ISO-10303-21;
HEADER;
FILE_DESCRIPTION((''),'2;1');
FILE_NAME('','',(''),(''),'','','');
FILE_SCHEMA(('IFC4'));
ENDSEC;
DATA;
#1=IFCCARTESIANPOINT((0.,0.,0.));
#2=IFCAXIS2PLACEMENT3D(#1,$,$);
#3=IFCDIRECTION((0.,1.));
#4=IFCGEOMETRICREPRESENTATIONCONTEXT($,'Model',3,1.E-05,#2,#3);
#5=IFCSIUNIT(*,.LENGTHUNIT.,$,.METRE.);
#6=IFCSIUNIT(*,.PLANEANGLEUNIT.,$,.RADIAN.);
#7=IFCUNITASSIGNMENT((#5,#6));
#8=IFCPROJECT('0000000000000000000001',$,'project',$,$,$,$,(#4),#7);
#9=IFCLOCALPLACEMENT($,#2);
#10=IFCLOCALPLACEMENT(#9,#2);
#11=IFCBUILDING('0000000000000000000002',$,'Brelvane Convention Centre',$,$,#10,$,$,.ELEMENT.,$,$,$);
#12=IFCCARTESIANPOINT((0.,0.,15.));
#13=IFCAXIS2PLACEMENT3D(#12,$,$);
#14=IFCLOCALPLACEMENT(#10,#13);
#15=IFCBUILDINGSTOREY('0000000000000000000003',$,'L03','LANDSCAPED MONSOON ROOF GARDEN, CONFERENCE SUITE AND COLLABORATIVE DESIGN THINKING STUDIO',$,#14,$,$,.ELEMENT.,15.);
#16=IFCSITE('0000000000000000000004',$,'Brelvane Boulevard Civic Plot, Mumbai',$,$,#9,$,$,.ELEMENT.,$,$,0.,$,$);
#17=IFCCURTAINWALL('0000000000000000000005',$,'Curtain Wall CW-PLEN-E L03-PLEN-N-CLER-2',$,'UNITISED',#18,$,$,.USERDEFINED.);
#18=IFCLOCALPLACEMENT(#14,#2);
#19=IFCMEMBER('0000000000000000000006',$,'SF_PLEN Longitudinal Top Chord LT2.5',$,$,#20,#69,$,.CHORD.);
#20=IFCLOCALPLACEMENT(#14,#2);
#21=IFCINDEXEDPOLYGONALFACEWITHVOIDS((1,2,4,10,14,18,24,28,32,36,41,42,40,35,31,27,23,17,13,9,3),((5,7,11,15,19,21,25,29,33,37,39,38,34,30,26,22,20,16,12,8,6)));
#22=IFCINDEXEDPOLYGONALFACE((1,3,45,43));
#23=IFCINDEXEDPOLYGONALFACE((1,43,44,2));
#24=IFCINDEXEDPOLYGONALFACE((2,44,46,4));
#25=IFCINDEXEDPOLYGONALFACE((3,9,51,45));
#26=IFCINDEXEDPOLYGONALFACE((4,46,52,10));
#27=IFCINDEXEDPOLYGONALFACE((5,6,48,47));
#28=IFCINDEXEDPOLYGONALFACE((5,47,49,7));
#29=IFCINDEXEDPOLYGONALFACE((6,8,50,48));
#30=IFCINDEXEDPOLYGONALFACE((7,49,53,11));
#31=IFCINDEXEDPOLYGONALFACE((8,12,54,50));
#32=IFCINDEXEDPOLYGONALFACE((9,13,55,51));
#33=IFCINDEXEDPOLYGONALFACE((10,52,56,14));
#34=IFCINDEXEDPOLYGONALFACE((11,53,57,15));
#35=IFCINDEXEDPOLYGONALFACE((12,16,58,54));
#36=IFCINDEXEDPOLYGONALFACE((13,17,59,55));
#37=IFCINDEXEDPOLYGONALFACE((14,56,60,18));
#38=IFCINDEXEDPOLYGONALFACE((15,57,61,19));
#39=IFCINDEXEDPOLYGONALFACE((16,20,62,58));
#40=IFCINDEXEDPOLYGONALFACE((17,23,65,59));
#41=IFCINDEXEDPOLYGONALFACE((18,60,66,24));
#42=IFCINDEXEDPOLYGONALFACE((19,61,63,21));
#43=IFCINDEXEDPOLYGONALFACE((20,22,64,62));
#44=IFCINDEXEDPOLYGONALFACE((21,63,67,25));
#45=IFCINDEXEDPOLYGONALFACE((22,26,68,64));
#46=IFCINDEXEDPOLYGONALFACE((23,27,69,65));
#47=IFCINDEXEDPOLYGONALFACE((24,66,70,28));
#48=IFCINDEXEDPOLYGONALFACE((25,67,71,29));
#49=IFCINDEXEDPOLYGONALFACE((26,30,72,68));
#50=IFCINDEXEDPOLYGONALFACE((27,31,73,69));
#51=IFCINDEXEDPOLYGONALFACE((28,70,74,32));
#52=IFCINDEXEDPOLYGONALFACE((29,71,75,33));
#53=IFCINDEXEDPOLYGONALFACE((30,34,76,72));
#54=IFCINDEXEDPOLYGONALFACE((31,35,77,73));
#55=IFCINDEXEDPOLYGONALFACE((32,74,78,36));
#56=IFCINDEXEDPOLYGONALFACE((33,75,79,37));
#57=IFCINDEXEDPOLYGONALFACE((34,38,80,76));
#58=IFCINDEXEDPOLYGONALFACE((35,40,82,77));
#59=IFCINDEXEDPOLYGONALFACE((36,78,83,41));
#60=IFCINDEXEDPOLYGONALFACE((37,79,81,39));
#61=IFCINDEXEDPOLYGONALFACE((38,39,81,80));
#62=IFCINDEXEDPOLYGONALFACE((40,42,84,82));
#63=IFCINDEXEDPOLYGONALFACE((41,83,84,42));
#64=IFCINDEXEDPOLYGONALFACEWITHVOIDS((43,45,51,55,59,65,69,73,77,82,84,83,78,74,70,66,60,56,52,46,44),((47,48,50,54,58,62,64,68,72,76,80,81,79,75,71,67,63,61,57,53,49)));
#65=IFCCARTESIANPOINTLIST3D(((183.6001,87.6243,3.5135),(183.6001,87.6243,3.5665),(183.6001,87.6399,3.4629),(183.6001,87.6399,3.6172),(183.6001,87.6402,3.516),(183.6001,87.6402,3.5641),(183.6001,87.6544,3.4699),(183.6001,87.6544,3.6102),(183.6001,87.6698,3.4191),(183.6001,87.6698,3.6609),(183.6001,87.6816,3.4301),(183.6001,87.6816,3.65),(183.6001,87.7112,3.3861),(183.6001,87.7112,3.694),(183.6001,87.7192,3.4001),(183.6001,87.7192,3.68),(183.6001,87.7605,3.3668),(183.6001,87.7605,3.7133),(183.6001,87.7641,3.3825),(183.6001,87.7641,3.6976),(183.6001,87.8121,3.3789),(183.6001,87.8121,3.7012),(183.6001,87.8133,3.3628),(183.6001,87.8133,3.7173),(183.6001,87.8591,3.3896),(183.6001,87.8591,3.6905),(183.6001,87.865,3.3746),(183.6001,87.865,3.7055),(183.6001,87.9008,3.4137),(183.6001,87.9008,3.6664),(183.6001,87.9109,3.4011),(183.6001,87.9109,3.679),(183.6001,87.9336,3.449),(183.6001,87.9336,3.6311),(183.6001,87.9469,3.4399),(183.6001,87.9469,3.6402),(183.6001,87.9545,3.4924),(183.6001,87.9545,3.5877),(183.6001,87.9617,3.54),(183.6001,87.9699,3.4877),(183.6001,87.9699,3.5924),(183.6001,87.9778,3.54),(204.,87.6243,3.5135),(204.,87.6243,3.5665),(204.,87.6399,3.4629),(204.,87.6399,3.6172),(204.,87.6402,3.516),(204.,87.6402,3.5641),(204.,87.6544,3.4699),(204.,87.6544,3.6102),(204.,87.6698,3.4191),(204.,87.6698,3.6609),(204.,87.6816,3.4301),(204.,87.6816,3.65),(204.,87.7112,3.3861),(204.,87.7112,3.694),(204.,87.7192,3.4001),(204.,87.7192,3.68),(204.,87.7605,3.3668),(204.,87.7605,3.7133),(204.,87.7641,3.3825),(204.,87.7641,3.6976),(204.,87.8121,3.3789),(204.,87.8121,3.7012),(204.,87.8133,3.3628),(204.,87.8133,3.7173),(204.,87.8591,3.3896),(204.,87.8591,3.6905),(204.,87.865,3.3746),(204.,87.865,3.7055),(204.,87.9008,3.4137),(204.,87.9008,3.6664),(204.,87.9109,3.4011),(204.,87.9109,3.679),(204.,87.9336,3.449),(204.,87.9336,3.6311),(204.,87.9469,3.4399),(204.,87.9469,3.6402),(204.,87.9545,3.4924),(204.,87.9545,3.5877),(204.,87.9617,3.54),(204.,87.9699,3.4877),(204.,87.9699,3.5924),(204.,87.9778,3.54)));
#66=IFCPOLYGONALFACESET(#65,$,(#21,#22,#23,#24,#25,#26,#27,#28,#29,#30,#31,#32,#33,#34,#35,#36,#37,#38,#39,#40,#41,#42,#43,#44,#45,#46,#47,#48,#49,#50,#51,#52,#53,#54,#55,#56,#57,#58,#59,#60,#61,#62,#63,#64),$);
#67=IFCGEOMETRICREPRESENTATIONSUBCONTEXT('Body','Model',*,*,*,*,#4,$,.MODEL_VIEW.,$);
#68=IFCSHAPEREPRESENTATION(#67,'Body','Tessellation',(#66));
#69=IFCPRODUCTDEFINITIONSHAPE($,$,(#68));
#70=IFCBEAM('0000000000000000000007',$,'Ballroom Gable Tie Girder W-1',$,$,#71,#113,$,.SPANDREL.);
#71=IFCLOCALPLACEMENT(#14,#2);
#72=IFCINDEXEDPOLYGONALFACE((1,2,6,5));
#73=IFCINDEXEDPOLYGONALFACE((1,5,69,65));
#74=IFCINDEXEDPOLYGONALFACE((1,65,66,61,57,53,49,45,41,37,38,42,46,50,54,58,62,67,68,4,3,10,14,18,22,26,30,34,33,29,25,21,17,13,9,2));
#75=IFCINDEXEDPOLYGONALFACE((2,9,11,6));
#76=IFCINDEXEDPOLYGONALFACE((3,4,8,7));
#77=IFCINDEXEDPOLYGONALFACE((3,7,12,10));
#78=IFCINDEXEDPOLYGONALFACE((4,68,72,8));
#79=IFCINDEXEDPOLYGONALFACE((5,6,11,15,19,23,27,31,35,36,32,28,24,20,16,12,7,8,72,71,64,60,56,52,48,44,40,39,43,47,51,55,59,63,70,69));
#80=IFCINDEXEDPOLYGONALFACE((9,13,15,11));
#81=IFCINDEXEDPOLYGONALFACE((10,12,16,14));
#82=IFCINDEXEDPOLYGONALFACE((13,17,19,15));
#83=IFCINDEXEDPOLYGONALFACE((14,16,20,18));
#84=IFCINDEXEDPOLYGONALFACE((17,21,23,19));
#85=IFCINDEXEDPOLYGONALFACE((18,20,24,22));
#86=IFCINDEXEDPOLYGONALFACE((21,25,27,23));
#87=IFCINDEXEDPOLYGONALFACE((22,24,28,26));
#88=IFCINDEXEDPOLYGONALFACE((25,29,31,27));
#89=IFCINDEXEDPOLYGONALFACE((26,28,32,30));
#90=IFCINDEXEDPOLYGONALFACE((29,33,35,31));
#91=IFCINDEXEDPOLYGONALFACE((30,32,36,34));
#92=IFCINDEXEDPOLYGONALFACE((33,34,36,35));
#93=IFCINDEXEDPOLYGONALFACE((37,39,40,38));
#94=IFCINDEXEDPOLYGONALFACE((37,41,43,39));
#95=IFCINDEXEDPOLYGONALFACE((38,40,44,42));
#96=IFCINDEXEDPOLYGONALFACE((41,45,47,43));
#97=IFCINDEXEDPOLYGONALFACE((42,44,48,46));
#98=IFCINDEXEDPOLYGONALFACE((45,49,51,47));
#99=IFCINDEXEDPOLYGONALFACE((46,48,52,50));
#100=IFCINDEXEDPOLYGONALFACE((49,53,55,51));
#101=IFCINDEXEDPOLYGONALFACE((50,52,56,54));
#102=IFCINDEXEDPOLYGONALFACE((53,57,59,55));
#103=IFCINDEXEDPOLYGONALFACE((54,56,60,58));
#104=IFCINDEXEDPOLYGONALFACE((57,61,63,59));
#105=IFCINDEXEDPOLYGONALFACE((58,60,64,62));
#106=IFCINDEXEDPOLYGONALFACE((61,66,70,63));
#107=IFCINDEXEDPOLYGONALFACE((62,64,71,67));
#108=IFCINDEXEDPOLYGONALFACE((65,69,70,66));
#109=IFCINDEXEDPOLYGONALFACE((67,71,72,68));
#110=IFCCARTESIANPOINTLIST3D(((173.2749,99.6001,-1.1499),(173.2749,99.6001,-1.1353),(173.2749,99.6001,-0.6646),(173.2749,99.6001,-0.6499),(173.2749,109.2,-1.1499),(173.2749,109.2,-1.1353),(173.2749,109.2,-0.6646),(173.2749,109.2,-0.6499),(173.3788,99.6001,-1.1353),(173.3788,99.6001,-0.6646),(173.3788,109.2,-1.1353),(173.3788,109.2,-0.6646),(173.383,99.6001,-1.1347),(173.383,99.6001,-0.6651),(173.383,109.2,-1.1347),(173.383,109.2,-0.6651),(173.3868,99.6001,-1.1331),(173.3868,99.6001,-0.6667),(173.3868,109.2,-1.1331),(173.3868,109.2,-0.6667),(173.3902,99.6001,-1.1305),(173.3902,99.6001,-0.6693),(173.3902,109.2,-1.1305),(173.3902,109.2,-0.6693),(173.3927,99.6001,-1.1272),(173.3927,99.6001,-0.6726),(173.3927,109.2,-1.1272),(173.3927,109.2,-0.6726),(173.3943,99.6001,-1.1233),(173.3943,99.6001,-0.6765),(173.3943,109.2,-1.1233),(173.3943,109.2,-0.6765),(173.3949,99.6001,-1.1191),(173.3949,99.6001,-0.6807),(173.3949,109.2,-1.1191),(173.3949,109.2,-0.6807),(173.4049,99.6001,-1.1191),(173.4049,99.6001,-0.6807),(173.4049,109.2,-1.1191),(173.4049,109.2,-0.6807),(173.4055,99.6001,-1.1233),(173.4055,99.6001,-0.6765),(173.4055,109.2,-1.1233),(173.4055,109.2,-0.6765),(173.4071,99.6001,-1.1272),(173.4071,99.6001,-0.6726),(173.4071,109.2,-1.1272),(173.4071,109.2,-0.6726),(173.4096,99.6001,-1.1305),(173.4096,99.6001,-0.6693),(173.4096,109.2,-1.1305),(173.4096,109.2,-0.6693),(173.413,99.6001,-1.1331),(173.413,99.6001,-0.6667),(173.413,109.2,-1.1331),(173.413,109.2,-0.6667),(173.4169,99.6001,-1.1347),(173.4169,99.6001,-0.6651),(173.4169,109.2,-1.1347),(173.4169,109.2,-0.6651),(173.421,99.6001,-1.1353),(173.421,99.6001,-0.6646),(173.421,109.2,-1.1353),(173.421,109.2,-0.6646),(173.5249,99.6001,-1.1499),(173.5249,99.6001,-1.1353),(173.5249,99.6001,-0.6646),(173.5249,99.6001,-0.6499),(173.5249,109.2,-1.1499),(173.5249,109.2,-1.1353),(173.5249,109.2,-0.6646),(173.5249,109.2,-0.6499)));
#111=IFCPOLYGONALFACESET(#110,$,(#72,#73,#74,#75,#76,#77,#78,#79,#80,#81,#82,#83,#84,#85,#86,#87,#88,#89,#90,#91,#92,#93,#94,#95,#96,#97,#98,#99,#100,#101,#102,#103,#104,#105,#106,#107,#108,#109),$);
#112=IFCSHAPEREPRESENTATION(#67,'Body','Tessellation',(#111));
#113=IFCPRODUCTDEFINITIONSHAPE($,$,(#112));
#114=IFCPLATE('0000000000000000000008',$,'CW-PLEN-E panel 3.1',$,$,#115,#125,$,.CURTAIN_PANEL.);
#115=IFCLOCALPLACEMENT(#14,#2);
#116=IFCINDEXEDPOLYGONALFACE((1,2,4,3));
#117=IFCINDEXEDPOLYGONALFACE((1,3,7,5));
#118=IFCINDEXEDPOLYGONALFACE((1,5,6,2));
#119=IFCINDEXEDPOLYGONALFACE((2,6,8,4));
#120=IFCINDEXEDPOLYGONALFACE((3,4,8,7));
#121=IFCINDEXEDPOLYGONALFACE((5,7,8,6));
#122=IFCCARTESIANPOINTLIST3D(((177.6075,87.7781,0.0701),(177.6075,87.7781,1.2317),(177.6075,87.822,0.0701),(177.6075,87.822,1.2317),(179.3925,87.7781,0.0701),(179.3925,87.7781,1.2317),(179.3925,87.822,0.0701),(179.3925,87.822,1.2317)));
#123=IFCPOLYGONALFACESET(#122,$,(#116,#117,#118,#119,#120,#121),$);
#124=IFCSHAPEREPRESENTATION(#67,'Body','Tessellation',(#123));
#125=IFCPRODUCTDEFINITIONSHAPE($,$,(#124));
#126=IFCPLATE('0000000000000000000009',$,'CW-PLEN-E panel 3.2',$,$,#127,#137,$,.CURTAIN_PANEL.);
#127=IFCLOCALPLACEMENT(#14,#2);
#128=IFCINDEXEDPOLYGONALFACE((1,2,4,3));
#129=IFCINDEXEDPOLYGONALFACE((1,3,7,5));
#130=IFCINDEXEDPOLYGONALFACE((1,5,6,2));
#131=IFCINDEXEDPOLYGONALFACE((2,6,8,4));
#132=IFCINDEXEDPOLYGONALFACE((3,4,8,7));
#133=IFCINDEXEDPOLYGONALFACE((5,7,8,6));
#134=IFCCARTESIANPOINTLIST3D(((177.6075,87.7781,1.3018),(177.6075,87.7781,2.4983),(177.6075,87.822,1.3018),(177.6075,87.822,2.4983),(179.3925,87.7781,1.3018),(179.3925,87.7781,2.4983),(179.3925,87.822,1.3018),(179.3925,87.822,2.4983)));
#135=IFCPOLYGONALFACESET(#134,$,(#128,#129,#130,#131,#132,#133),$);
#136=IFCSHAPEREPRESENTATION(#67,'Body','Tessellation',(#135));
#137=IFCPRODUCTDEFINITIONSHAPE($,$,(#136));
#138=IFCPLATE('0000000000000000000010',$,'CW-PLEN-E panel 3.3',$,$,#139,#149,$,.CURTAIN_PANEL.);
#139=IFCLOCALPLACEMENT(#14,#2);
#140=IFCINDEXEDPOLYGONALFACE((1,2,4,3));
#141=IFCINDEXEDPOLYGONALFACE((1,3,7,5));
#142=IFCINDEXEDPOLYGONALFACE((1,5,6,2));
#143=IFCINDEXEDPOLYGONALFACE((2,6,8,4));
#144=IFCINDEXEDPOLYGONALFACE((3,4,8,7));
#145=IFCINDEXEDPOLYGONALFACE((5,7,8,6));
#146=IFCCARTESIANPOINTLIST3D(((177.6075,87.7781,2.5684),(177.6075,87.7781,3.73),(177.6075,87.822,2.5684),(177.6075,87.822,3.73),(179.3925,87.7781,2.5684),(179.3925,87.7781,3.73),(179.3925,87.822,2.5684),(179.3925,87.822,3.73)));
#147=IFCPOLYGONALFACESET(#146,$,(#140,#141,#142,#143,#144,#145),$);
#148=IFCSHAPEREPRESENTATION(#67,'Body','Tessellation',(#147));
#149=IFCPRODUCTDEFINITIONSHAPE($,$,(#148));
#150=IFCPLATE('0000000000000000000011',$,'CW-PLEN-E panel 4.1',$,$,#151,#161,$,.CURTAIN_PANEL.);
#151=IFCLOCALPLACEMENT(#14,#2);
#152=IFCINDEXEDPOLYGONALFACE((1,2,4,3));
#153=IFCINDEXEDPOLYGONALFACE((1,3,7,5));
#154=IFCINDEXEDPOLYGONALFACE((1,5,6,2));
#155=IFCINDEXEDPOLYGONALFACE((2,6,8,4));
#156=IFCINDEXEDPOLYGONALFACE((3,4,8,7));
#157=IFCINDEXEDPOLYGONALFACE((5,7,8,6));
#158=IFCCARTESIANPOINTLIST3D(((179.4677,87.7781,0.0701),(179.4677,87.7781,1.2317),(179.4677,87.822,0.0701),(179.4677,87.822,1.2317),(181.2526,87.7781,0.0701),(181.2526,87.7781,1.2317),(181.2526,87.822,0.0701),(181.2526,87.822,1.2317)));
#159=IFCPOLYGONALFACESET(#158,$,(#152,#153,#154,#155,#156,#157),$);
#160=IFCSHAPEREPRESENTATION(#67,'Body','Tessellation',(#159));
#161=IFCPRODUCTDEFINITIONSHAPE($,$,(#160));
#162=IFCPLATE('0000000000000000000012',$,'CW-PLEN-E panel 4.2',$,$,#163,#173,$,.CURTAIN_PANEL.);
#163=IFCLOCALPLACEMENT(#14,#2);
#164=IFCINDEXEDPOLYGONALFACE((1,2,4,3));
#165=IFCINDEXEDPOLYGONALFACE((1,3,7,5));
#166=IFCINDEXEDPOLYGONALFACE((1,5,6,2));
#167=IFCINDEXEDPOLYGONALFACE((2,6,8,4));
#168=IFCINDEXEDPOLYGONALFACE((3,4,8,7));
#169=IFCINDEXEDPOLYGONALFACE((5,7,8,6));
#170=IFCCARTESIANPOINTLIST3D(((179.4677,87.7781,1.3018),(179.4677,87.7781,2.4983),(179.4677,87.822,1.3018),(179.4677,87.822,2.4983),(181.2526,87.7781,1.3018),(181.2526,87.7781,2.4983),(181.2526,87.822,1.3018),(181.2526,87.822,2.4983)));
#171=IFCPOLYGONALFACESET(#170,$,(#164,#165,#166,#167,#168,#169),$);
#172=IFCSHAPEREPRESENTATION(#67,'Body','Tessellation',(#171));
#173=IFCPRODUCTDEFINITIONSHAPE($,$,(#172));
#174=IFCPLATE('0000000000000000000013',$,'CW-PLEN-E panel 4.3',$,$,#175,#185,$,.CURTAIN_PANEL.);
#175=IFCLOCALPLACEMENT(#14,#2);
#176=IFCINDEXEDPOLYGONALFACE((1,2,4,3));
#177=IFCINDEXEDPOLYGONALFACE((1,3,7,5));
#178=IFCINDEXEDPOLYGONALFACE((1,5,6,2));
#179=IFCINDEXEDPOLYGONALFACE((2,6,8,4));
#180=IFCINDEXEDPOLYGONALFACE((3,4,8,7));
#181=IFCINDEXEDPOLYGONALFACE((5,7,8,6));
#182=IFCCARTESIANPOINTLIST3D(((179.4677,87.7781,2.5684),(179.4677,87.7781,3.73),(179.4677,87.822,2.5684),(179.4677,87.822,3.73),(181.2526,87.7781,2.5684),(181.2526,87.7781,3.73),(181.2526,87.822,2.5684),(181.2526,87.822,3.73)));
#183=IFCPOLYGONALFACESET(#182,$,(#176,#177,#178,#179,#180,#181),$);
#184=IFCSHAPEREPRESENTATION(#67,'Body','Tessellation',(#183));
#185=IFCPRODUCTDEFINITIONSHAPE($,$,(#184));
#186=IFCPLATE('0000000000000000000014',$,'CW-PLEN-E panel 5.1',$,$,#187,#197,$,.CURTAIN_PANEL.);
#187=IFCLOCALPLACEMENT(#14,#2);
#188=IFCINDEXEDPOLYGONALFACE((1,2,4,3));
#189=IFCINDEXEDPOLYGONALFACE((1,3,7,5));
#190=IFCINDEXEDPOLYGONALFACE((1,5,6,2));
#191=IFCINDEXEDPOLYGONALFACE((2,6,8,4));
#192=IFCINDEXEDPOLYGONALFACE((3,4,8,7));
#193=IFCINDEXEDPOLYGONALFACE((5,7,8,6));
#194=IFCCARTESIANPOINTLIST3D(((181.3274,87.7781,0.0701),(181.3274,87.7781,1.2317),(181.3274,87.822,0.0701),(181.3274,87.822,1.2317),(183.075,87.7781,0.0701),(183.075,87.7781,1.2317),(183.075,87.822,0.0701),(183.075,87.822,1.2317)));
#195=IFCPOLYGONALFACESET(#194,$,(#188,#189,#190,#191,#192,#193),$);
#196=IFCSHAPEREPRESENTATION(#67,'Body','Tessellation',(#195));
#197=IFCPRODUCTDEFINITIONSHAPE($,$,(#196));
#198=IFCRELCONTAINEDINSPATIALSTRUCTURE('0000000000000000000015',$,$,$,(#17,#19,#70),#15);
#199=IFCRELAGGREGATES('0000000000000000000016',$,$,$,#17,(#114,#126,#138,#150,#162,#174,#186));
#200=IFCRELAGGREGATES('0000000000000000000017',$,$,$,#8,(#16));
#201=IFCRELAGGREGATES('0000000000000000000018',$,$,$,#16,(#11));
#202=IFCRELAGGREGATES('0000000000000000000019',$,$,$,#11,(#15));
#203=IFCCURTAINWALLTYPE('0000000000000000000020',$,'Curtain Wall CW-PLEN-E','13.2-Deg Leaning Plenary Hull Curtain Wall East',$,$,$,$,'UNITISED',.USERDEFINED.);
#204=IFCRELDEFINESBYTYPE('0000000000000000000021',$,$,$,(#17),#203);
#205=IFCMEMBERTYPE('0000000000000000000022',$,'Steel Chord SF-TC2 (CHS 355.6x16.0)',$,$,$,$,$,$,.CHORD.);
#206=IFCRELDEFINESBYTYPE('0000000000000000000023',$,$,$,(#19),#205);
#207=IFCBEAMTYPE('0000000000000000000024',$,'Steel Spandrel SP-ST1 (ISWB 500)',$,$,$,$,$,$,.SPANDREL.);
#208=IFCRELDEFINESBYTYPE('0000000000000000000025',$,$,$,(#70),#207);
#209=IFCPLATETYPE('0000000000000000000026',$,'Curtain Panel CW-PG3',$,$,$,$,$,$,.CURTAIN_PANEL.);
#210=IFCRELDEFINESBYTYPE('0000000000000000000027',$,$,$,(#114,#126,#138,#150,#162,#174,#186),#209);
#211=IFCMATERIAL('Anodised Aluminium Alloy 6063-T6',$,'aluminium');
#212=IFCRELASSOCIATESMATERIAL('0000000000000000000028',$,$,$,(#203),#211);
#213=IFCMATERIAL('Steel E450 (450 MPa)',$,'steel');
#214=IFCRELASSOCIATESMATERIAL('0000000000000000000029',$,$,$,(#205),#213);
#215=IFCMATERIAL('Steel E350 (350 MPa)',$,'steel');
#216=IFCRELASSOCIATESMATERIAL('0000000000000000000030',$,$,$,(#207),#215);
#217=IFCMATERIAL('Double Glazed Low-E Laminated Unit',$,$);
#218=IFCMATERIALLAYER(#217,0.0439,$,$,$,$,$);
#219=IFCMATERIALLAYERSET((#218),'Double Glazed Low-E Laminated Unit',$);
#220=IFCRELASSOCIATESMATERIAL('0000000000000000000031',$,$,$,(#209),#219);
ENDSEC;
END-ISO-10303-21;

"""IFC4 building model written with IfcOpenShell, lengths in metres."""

from ifc_helpers import new_model, si_unit, direction, frame, origin, origin_2d, place, context, subcontext, project, spatial, rectangle, hollow_circle, i_section, extrude, material, layer, layer_set, material_profile, profile_set, type_object, element, aggregate, save


model = new_model("IFC4")

# Units and contexts
model_context = context("Model", 3, precision=1e-05, world=origin(), true_north=direction((0.0, 1.0)))
body_context = subcontext(model_context, "Body", "Model", "MODEL_VIEW")
ifc_project = project(units=[si_unit("LENGTHUNIT", "METRE"), si_unit("PLANEANGLEUNIT", "RADIAN")], contexts=[model_context])

# Site, building, storey
site_placement = place(None, origin())
site = spatial("IfcSite", under=ifc_project, at=site_placement, Name="Brelvane Boulevard Civic Plot, Mumbai", CompositionType="ELEMENT", RefElevation=0.0)
building_placement = place(site_placement, origin())
building = spatial("IfcBuilding", under=site, at=building_placement, Name="Brelvane Convention Centre", CompositionType="ELEMENT")
storey_placement = place(building_placement, frame((0.0, 0.0, 15.0)))
storey = spatial("IfcBuildingStorey", under=building, at=storey_placement, Name="L03", Description="LANDSCAPED MONSOON ROOF GARDEN, CONFERENCE SUITE AND COLLABORATIVE DESIGN THINKING STUDIO", CompositionType="ELEMENT", Elevation=15.0)

# Curtain wall
ifc_material_1 = material(Name="Anodised Aluminium Alloy 6063-T6", Category="aluminium")
curtain_wall_type = type_object("IfcCurtainWallType", Name="Curtain Wall CW-PLEN-E", Description="13.2-Deg Leaning Plenary Hull Curtain Wall East", ElementType="UNITISED", PredefinedType="USERDEFINED", material=ifc_material_1)
curtain_wall_placement = place(storey_placement, origin())
curtain_wall = element("IfcCurtainWall", 1, at=curtain_wall_placement, inside=storey, type_object=curtain_wall_type, Name="Curtain Wall CW-PLEN-E L03-PLEN-N-CLER-2", ObjectType="UNITISED", PredefinedType="USERDEFINED")

# Member
ifc_material_2 = material(Name="Steel E450 (450 MPa)", Category="steel")
ifc_material_profile_1 = material_profile(ifc_material_2, hollow_circle(Radius=0.1777, WallThickness=0.0161, at=origin_2d()), Name="CHS 355.6x16.0")
ifc_profile_set_1 = profile_set([ifc_material_profile_1], Name="Steel E450 (450 MPa)")
member_type_1 = type_object("IfcMemberType", Name="Steel Chord SF-TC2 (CHS 355.6x16.0)", PredefinedType="CHORD", material=ifc_profile_set_1)
member_1_placement = place(storey_placement, frame((183.6001, 87.8, 3.54), z_axis=(1.0, 0.0, 0.0), x_axis=(0.0, 1.0, 0.0)))
element("IfcMember", 2, at=member_1_placement, inside=storey, type_object=member_type_1, Name="SF_PLEN Longitudinal Top Chord LT2.5", PredefinedType="CHORD", context=body_context, shape_type="SweptSolid", body=[
    extrude(hollow_circle(Radius=0.1777, WallThickness=0.0161, at=origin_2d()), origin(), (0.0, 0.0, 1.0), 20.3999),
])

# Beam
ifc_material_3 = material(Name="Steel E350 (350 MPa)", Category="steel")
ifc_material_profile_2 = material_profile(ifc_material_3, i_section(OverallWidth=0.25, OverallDepth=0.5, WebThickness=0.01, FlangeThickness=0.0146, FilletRadius=0.0161, at=origin_2d()), Name="ISWB 500")
ifc_profile_set_2 = profile_set([ifc_material_profile_2], Name="Steel E350 (350 MPa)")
beam_type_1 = type_object("IfcBeamType", Name="Steel Spandrel SP-ST1 (ISWB 500)", PredefinedType="SPANDREL", material=ifc_profile_set_2)
beam_1_placement = place(storey_placement, frame((173.3999, 99.6001, -0.8999), z_axis=(0.0, 1.0, 0.0), x_axis=(-1.0, 0.0, 0.0)))
element("IfcBeam", 3, at=beam_1_placement, inside=storey, type_object=beam_type_1, Name="Ballroom Gable Tie Girder W-1", PredefinedType="SPANDREL", context=body_context, shape_type="SweptSolid", body=[
    extrude(i_section(OverallWidth=0.25, OverallDepth=0.5, WebThickness=0.01, FlangeThickness=0.0146, FilletRadius=0.0161, at=origin_2d()), origin(), (0.0, 0.0, 1.0), 9.5999),
])

# Plates
ifc_material_4 = material(Name="Double Glazed Low-E Laminated Unit")
ifc_layer_1 = layer(ifc_material_4, 0.0439)
ifc_layer_set_1 = layer_set([ifc_layer_1], Name="Double Glazed Low-E Laminated Unit")
plate_type_1 = type_object("IfcPlateType", Name="Curtain Panel CW-PG3", PredefinedType="CURTAIN_PANEL", material=ifc_layer_set_1)
plate_1_placement = place(storey_placement, frame((178.5, 87.8, 0.0701), z_axis=(0.0, 0.0, 1.0), x_axis=(1.0, 0.0, 0.0)))
plate_1 = element("IfcPlate", 4, at=plate_1_placement, type_object=plate_type_1, Name="CW-PLEN-E panel 3.1", PredefinedType="CURTAIN_PANEL", context=body_context, shape_type="SweptSolid", body=[
    extrude(rectangle(XDim=1.7849, YDim=0.0439, at=origin_2d()), origin(), (0.0, 0.0, 1.0), 1.1616),
])
plate_2_placement = place(storey_placement, frame((178.5, 87.8, 1.3018), z_axis=(0.0, 0.0, 1.0), x_axis=(1.0, 0.0, 0.0)))
plate_2 = element("IfcPlate", 5, at=plate_2_placement, type_object=plate_type_1, Name="CW-PLEN-E panel 3.2", PredefinedType="CURTAIN_PANEL", context=body_context, shape_type="SweptSolid", body=[
    extrude(rectangle(XDim=1.7849, YDim=0.0439, at=origin_2d()), origin(), (0.0, 0.0, 1.0), 1.1965),
])
plate_3_placement = place(storey_placement, frame((178.5, 87.8, 2.5684), z_axis=(0.0, 0.0, 1.0), x_axis=(1.0, 0.0, 0.0)))
plate_3 = element("IfcPlate", 6, at=plate_3_placement, type_object=plate_type_1, Name="CW-PLEN-E panel 3.3", PredefinedType="CURTAIN_PANEL", context=body_context, shape_type="SweptSolid", body=[
    extrude(rectangle(XDim=1.7849, YDim=0.0439, at=origin_2d()), origin(), (0.0, 0.0, 1.0), 1.1616),
])
plate_4_placement = place(storey_placement, frame((180.3601, 87.8, 0.0701), z_axis=(0.0, 0.0, 1.0), x_axis=(1.0, 0.0, 0.0)))
plate_4 = element("IfcPlate", 7, at=plate_4_placement, type_object=plate_type_1, Name="CW-PLEN-E panel 4.1", PredefinedType="CURTAIN_PANEL", context=body_context, shape_type="SweptSolid", body=[
    extrude(rectangle(XDim=1.7849, YDim=0.0439, at=origin_2d()), origin(), (0.0, 0.0, 1.0), 1.1616),
])
plate_5_placement = place(storey_placement, frame((180.3601, 87.8, 1.3018), z_axis=(0.0, 0.0, 1.0), x_axis=(1.0, 0.0, 0.0)))
plate_5 = element("IfcPlate", 8, at=plate_5_placement, type_object=plate_type_1, Name="CW-PLEN-E panel 4.2", PredefinedType="CURTAIN_PANEL", context=body_context, shape_type="SweptSolid", body=[
    extrude(rectangle(XDim=1.7849, YDim=0.0439, at=origin_2d()), origin(), (0.0, 0.0, 1.0), 1.1965),
])
plate_6_placement = place(storey_placement, frame((180.3601, 87.8, 2.5684), z_axis=(0.0, 0.0, 1.0), x_axis=(1.0, 0.0, 0.0)))
plate_6 = element("IfcPlate", 9, at=plate_6_placement, type_object=plate_type_1, Name="CW-PLEN-E panel 4.3", PredefinedType="CURTAIN_PANEL", context=body_context, shape_type="SweptSolid", body=[
    extrude(rectangle(XDim=1.7849, YDim=0.0439, at=origin_2d()), origin(), (0.0, 0.0, 1.0), 1.1616),
])
plate_7_placement = place(storey_placement, frame((182.2012, 87.8, 0.0701), z_axis=(0.0, 0.0, 1.0), x_axis=(1.0, 0.0, 0.0)))
plate_7 = element("IfcPlate", 10, at=plate_7_placement, type_object=plate_type_1, Name="CW-PLEN-E panel 5.1", PredefinedType="CURTAIN_PANEL", context=body_context, shape_type="SweptSolid", body=[
    extrude(rectangle(XDim=1.7476, YDim=0.0439, at=origin_2d()), origin(), (0.0, 0.0, 1.0), 1.1616),
])
aggregate(curtain_wall, [plate_1, plate_2, plate_3, plate_4, plate_5, plate_6, plate_7])

save(model, "model.ifc")
